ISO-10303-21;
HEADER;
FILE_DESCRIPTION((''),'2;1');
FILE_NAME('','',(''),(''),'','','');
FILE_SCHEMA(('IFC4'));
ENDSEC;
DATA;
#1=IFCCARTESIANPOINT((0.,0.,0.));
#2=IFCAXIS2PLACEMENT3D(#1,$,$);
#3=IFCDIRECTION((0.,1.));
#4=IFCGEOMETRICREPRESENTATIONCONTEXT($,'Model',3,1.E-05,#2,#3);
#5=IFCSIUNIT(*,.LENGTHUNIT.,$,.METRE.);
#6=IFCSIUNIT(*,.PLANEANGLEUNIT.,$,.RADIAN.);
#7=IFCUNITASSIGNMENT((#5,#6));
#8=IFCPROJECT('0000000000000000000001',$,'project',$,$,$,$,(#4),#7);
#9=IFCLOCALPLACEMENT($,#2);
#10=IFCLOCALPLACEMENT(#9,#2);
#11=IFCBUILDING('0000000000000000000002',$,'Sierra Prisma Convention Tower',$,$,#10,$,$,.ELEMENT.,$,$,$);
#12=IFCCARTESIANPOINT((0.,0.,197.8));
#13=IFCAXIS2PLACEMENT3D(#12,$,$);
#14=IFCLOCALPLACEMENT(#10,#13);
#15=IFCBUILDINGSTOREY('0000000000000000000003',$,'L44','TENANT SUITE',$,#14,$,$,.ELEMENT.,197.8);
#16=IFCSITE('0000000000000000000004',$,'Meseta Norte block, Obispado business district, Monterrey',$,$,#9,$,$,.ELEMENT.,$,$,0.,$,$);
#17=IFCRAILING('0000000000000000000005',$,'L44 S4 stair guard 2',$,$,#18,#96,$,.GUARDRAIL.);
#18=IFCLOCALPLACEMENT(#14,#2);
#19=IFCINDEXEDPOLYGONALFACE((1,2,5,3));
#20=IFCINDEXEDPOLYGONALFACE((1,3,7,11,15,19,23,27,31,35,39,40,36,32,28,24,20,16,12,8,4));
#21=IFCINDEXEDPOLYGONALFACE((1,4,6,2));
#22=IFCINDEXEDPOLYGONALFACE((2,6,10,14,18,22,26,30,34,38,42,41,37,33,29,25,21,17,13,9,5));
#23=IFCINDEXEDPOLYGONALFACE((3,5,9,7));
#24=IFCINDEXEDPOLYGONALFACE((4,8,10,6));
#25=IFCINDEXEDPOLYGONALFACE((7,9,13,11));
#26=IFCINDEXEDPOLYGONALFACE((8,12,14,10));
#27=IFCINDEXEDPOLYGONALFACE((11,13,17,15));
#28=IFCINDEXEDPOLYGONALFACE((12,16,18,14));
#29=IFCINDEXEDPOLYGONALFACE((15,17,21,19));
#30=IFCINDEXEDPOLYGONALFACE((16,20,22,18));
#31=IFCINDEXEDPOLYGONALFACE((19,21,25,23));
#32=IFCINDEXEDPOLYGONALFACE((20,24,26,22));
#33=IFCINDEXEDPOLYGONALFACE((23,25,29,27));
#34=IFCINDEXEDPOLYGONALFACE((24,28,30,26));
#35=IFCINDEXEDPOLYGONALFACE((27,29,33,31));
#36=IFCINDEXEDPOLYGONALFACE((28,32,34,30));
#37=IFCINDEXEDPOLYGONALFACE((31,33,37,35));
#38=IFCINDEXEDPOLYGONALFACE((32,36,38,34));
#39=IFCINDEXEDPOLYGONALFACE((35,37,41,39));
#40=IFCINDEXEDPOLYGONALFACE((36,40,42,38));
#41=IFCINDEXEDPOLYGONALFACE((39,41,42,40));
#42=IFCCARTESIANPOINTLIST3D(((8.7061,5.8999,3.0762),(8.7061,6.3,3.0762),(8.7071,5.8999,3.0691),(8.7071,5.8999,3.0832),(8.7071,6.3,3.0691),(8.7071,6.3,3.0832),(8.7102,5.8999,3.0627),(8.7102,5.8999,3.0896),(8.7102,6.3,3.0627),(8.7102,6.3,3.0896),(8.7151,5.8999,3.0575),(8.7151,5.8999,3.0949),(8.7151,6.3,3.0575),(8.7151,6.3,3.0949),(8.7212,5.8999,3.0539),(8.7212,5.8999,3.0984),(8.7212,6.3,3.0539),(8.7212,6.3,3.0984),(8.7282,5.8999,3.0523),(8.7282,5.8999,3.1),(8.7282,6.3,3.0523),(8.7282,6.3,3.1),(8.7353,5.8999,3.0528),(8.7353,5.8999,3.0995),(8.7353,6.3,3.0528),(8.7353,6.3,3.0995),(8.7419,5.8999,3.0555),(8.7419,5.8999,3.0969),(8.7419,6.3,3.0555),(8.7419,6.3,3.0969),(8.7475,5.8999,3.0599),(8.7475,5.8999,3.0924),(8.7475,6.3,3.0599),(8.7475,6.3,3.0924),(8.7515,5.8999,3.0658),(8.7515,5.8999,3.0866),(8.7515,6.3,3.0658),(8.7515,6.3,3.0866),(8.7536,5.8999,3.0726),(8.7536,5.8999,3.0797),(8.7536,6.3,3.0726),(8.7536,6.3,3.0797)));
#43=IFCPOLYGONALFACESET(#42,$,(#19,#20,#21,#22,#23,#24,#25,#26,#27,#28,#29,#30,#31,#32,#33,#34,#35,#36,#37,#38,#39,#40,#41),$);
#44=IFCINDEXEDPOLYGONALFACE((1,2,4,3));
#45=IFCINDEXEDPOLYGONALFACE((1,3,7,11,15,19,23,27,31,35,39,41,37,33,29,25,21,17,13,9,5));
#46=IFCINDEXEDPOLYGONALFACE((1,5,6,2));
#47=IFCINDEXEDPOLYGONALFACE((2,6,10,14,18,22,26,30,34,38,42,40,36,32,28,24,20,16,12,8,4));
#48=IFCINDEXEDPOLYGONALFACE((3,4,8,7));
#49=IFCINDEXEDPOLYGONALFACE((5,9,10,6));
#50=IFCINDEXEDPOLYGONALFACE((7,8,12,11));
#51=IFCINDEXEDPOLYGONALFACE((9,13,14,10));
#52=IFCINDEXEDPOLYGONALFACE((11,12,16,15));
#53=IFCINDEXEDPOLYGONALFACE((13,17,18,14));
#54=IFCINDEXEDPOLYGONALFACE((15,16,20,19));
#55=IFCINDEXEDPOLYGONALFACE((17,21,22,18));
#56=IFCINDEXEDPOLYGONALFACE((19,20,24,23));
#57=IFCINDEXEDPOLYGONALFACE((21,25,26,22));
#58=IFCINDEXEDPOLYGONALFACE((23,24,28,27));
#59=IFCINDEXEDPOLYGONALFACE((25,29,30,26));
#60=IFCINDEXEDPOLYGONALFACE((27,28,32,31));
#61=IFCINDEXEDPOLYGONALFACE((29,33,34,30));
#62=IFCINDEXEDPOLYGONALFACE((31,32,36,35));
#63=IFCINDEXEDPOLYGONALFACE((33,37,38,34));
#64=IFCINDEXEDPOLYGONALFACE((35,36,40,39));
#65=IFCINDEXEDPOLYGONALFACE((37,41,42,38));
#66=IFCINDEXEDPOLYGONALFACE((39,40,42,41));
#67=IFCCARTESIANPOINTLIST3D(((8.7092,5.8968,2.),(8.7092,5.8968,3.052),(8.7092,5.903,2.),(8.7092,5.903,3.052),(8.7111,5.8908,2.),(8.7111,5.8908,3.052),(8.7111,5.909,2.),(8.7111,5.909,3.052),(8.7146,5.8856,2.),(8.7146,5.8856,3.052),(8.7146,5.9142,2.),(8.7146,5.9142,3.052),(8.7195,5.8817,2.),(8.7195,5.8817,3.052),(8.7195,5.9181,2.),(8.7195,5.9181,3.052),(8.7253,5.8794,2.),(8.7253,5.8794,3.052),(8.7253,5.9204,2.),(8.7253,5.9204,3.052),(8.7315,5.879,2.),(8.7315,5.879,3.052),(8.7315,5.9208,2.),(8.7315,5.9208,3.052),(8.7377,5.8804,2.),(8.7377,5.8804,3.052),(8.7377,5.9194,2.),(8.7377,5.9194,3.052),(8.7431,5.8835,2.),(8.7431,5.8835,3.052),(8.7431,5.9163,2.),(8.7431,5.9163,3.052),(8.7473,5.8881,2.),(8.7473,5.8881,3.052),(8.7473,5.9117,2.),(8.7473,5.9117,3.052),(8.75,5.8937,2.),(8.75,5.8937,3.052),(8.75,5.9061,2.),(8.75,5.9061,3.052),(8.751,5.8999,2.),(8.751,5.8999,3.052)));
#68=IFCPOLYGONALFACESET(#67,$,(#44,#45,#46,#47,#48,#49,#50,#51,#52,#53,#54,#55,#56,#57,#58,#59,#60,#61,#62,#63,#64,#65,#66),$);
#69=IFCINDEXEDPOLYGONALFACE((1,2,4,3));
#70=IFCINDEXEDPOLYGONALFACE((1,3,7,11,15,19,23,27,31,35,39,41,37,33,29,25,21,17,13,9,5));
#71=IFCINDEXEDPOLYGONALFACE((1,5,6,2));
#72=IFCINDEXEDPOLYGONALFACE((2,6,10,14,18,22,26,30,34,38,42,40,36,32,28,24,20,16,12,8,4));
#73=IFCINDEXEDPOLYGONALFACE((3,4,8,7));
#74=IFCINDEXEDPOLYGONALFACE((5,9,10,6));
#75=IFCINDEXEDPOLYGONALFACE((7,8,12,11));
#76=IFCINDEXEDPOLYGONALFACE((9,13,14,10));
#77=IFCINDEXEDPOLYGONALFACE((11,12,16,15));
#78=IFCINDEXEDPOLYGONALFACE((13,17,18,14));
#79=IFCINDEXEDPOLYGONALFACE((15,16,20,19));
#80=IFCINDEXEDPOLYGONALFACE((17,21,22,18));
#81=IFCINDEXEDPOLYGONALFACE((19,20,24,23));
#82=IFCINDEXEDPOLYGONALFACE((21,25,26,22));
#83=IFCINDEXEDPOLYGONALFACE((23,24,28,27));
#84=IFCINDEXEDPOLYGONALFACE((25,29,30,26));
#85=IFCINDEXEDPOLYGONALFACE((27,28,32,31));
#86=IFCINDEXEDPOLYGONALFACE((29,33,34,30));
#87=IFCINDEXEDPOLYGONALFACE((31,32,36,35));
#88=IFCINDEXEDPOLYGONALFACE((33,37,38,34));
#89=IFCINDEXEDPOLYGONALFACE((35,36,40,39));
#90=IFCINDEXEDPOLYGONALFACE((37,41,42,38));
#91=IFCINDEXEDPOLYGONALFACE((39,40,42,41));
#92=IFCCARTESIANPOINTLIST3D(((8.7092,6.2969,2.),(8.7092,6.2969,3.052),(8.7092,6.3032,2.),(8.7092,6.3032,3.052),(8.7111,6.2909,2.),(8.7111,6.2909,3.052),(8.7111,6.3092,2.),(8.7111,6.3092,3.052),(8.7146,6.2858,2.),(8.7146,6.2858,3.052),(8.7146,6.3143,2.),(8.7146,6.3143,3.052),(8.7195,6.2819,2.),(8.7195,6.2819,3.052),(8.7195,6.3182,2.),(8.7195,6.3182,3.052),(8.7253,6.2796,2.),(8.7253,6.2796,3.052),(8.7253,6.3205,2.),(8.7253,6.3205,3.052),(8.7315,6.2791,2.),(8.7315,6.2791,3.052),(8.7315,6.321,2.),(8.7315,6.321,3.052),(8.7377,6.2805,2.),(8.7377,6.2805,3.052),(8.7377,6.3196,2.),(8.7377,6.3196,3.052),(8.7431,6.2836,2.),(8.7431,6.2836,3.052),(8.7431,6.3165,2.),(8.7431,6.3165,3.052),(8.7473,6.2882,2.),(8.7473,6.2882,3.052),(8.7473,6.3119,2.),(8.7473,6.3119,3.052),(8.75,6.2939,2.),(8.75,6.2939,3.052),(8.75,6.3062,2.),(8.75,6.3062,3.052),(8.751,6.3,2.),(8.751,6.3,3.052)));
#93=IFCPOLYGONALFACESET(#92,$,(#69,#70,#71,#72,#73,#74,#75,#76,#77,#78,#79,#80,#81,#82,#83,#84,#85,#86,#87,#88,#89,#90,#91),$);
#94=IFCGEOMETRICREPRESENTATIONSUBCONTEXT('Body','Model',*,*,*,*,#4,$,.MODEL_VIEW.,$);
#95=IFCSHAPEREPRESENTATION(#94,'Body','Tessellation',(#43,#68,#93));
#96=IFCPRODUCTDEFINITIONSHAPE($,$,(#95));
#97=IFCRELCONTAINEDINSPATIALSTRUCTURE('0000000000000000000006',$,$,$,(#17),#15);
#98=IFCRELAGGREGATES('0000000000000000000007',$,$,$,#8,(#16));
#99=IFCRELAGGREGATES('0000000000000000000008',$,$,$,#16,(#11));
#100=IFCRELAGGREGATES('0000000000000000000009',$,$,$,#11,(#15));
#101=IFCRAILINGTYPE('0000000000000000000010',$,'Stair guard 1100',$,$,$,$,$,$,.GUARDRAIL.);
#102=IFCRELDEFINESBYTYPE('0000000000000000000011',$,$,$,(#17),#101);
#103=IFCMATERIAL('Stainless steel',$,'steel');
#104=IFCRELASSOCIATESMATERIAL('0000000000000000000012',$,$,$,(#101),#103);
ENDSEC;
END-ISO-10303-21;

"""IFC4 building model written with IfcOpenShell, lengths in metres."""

from ifc_helpers import new_model, si_unit, direction, frame, origin, origin_2d, place, context, subcontext, project, spatial, circle, extrude, material, type_object, element, save


model = new_model("IFC4")

# Units and contexts
model_context = context("Model", 3, precision=1e-05, world=origin(), true_north=direction((0.0, 1.0)))
body_context = subcontext(model_context, "Body", "Model", "MODEL_VIEW")
ifc_project = project(units=[si_unit("LENGTHUNIT", "METRE"), si_unit("PLANEANGLEUNIT", "RADIAN")], contexts=[model_context])

# Site, building, storey
site_placement = place(None, origin())
site = spatial("IfcSite", under=ifc_project, at=site_placement, Name="Meseta Norte block, Obispado business district, Monterrey", CompositionType="ELEMENT", RefElevation=0.0)
building_placement = place(site_placement, origin())
building = spatial("IfcBuilding", under=site, at=building_placement, Name="Sierra Prisma Convention Tower", CompositionType="ELEMENT")
storey_placement = place(building_placement, frame((0.0, 0.0, 197.8)))
storey = spatial("IfcBuildingStorey", under=building, at=storey_placement, Name="L44", Description="TENANT SUITE", CompositionType="ELEMENT", Elevation=197.8)

# Railing
ifc_material_1 = material(Name="Stainless steel", Category="steel")
railing_type = type_object("IfcRailingType", Name="Stair guard 1100", PredefinedType="GUARDRAIL", material=ifc_material_1)
railing_1_placement = place(storey_placement, frame((8.73, 5.8999, 2.0)))
element("IfcRailing", 1, at=railing_1_placement, inside=storey, type_object=railing_type, Name="L44 S4 stair guard 2", PredefinedType="GUARDRAIL", context=body_context, shape_type="SweptSolid", body=[
    extrude(circle(Radius=0.0239, at=origin_2d()), frame((0.0, 0.0, 1.0762), z_axis=(0.0, 1.0, 0.0), x_axis=(-1.0, 0.0, 0.0)), (0.0, 0.0, 1.0), 0.4001),
    extrude(circle(Radius=0.021, at=origin_2d()), origin(), (0.0, 0.0, 1.0), 1.052),
    extrude(circle(Radius=0.021, at=origin_2d()), frame((0.0, 0.4001, 0.0)), (0.0, 0.0, 1.0), 1.052),
])

save(model, "model.ifc")
